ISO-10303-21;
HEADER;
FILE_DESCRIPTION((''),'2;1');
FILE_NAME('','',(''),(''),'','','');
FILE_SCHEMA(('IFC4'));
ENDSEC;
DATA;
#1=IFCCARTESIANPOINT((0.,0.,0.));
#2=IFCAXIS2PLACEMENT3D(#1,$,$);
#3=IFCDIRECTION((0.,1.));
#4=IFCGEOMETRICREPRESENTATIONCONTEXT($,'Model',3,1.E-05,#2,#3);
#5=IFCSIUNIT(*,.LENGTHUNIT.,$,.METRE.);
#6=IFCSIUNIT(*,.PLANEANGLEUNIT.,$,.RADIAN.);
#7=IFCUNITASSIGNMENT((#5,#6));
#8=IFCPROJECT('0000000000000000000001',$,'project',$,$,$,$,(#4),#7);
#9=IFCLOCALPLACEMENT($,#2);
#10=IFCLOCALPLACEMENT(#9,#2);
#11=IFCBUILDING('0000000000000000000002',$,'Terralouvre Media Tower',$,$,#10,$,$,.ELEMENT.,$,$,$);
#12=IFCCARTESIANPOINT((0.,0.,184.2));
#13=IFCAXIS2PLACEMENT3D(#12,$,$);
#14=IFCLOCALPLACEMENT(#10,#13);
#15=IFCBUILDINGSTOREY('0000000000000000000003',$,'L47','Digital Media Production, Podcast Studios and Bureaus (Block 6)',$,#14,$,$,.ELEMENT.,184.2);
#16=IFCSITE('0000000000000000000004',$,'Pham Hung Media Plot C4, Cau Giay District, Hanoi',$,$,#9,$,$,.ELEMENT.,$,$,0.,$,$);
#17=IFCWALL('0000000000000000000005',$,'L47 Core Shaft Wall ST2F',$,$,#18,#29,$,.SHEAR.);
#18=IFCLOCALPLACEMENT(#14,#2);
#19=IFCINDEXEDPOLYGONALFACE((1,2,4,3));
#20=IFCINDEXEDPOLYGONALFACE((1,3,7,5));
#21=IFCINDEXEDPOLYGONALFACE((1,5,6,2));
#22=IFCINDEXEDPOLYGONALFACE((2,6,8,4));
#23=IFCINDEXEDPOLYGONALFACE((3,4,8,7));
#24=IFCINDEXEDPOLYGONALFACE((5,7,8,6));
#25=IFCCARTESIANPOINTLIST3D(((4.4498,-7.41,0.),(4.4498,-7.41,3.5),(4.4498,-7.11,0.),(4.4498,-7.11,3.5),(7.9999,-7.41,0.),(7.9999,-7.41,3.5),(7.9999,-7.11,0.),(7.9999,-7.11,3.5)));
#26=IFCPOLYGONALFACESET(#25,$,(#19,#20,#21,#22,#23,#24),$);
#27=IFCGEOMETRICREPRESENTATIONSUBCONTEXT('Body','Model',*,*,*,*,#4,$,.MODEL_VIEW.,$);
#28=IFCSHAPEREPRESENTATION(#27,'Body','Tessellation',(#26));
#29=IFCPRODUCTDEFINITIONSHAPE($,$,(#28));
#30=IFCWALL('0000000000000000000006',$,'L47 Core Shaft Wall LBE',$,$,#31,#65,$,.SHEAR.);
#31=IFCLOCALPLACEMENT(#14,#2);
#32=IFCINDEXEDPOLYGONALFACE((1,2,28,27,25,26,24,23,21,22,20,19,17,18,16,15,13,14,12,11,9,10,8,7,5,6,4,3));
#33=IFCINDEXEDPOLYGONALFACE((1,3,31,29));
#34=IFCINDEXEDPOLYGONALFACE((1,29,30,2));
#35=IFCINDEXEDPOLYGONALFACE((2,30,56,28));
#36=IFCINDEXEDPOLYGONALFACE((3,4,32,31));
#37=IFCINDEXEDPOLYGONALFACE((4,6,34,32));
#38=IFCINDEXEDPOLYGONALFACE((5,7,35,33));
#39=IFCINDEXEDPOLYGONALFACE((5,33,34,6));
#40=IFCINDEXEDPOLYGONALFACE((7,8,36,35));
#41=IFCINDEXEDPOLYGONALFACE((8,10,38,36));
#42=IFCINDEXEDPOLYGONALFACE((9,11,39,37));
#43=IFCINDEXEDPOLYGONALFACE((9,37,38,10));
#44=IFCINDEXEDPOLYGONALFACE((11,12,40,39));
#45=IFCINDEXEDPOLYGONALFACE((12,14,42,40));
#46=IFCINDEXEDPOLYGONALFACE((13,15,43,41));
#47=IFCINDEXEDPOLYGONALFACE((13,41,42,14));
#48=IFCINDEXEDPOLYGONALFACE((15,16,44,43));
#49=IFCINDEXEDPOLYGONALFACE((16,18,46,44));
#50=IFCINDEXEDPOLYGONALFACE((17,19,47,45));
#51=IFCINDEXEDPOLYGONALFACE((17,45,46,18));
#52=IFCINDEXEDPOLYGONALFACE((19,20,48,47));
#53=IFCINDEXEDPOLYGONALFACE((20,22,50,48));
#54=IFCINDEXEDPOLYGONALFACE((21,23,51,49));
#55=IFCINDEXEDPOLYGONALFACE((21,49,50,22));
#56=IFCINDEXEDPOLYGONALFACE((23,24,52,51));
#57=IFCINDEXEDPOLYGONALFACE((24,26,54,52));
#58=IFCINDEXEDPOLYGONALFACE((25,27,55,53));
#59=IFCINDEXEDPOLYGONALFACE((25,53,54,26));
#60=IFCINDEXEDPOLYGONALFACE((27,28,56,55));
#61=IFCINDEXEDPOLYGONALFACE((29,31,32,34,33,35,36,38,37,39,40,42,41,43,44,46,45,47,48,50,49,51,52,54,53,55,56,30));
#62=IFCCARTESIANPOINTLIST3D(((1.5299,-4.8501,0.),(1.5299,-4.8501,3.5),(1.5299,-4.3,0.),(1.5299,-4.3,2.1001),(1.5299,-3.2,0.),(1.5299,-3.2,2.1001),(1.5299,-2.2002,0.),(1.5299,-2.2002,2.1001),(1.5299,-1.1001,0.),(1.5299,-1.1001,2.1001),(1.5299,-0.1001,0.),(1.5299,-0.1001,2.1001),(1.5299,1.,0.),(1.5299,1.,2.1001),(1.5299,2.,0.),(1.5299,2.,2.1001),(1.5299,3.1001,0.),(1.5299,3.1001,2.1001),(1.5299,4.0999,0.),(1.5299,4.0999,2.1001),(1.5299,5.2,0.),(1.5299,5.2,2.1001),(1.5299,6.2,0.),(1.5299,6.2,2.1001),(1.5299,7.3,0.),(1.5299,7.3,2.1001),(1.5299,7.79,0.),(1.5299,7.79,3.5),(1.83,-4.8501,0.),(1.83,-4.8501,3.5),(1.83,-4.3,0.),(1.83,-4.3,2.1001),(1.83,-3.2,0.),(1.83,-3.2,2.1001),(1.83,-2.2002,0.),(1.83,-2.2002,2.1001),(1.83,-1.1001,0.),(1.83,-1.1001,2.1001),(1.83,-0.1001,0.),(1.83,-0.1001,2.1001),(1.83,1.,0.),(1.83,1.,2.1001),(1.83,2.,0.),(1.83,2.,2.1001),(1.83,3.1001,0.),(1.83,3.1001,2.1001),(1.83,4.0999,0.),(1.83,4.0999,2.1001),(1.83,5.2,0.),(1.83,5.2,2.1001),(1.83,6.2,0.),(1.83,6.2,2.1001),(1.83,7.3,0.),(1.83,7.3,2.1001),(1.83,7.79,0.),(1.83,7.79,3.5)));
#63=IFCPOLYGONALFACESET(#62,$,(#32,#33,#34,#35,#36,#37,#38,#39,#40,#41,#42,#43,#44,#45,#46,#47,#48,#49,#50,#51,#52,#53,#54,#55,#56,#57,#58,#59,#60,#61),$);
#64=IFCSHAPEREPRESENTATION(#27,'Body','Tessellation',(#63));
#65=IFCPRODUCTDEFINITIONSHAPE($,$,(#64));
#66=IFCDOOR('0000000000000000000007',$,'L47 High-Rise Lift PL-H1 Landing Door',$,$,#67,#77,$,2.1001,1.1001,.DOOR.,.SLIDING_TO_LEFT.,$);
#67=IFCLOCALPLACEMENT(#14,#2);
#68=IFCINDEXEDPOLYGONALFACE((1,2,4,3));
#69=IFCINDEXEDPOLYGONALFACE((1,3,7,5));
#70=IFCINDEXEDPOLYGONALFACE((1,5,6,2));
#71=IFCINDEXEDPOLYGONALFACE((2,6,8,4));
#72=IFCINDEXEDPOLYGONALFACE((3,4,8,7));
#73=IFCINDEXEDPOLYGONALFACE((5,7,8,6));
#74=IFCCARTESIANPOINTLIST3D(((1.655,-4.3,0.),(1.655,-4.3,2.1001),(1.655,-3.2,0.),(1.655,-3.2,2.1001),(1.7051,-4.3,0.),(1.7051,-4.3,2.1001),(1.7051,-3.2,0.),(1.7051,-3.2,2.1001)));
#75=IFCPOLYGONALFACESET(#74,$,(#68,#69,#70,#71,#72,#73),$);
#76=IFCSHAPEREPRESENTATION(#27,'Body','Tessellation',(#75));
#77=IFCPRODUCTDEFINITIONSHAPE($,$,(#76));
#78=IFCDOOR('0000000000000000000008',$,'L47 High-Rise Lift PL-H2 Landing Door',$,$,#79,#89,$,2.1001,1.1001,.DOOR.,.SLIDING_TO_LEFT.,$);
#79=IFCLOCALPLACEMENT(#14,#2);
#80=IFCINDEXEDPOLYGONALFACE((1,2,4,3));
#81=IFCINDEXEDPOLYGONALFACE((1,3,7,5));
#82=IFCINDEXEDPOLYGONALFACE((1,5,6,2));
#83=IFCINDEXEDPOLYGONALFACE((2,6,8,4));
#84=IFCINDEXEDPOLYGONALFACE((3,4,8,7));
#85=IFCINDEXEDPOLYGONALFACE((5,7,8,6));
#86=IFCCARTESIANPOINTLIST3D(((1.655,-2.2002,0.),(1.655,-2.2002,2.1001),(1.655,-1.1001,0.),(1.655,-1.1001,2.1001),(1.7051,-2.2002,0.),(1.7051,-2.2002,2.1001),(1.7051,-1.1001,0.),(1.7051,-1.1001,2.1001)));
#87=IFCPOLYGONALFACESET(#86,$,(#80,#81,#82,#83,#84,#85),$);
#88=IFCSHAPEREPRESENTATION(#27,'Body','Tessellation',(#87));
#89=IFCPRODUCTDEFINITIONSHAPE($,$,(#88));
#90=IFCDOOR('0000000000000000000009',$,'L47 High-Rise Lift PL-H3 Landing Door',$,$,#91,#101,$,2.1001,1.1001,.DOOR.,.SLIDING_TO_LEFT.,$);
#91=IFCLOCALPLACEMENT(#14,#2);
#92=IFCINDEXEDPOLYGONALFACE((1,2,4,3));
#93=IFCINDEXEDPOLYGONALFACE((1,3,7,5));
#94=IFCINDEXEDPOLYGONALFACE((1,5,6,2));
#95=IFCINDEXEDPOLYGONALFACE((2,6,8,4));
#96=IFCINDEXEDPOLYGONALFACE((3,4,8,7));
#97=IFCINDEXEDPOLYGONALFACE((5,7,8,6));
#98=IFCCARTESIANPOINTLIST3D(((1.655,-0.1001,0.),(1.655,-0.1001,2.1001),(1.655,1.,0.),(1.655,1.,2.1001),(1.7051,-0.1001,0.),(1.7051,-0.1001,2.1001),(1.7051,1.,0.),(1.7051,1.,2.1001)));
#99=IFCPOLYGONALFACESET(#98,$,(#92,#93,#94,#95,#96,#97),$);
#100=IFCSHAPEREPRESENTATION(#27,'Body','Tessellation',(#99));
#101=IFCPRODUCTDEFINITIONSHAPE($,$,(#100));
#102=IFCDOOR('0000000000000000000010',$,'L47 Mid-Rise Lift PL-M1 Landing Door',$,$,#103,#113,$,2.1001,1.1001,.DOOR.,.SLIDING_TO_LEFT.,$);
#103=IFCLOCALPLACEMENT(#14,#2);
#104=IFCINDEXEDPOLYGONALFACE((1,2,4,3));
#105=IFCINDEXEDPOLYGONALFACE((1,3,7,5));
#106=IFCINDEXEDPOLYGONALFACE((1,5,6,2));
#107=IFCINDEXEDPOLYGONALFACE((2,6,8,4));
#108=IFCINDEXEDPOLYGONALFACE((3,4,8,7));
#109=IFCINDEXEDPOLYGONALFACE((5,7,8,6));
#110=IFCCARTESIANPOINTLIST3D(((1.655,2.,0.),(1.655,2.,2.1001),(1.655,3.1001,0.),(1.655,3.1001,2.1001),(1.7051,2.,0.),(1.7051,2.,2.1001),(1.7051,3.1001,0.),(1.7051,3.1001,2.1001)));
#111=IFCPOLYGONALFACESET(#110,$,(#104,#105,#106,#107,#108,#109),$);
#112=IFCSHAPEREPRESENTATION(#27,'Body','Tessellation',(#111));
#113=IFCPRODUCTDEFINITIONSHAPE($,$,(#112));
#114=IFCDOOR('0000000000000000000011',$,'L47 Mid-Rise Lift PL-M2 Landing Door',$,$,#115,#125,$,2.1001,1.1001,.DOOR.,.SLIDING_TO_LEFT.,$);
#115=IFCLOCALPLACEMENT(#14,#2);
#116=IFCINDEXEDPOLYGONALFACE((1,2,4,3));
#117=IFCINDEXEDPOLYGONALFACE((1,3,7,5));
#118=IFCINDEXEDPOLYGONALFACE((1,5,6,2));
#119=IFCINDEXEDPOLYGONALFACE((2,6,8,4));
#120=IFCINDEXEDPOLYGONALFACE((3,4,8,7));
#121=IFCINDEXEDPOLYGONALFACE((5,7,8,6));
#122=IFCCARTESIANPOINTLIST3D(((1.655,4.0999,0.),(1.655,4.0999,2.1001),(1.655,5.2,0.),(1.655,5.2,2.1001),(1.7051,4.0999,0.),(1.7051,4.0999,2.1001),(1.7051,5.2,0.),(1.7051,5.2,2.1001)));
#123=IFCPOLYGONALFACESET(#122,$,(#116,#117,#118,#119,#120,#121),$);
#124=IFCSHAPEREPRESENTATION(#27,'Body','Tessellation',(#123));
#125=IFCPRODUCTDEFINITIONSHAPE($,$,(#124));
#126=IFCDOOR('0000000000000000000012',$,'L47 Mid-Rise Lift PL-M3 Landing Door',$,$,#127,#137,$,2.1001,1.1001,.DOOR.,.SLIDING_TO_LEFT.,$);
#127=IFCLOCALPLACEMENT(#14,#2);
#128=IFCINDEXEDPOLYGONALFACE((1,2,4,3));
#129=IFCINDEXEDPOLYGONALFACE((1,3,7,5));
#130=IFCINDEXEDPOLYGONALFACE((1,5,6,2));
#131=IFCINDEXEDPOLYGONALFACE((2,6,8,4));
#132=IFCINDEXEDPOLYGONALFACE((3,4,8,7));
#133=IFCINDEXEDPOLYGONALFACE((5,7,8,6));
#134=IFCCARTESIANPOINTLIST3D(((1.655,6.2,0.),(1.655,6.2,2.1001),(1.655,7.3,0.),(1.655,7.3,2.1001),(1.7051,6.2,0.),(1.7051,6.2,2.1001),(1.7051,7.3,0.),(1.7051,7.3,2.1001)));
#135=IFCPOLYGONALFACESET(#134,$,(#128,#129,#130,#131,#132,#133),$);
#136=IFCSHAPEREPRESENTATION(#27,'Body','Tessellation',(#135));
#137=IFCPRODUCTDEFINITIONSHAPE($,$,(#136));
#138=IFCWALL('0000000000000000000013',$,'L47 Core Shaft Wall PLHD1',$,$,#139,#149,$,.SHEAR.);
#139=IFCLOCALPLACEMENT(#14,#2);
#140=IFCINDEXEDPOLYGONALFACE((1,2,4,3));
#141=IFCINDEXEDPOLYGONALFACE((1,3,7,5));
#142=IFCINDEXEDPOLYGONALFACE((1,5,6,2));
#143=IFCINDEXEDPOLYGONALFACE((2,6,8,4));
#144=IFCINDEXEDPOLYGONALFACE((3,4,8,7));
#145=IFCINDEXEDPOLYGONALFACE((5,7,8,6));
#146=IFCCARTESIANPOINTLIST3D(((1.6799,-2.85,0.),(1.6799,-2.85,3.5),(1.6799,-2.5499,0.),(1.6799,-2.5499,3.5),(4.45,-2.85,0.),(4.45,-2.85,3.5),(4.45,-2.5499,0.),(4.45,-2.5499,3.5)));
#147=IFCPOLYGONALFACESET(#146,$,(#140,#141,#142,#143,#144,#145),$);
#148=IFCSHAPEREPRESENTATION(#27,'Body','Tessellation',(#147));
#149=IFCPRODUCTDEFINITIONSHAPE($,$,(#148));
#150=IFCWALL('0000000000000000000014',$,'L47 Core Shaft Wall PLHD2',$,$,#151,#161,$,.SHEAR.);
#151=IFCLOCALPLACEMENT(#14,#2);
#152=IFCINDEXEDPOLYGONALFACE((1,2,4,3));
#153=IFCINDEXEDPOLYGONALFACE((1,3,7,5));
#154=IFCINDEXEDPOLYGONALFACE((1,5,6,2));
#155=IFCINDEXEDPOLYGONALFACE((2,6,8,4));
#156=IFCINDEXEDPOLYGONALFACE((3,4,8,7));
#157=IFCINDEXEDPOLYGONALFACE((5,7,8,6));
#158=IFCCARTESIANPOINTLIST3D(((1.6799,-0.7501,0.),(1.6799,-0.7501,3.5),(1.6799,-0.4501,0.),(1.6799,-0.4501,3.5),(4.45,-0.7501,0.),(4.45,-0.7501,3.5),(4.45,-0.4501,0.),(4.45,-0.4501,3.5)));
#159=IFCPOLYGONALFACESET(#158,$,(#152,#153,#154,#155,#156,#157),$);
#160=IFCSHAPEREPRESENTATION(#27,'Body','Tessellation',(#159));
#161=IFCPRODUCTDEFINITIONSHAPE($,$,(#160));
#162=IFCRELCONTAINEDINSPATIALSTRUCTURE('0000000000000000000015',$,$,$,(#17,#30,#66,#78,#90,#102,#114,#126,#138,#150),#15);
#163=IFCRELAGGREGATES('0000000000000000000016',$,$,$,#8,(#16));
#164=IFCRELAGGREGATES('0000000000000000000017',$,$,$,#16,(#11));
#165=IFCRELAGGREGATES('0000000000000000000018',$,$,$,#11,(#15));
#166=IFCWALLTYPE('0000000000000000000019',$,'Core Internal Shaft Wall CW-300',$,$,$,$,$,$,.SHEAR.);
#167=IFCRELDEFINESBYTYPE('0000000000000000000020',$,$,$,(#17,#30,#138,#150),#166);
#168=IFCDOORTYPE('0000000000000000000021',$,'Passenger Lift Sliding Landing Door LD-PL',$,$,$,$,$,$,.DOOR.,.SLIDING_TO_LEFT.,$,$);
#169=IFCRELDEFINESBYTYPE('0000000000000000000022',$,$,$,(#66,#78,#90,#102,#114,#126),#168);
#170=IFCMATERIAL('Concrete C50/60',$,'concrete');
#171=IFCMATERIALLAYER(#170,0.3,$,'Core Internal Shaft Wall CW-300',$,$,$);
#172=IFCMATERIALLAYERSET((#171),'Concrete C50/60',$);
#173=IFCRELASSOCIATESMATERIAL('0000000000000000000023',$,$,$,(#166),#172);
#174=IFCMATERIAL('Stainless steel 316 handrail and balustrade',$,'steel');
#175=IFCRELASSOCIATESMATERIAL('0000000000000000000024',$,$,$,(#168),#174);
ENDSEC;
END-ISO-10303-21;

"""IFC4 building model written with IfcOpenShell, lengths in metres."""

from ifc_helpers import new_model, si_unit, direction, frame, frame_2d, origin, place, context, subcontext, project, spatial, rectangle, extrude, material, layer, layer_set, type_object, element, fill, save


model = new_model("IFC4")

# Units and contexts
model_context = context("Model", 3, precision=1e-05, world=origin(), true_north=direction((0.0, 1.0)))
body_context = subcontext(model_context, "Body", "Model", "MODEL_VIEW")
ifc_project = project(units=[si_unit("LENGTHUNIT", "METRE"), si_unit("PLANEANGLEUNIT", "RADIAN")], contexts=[model_context])

# Site, building, storey
site_placement = place(None, origin())
site = spatial("IfcSite", under=ifc_project, at=site_placement, Name="Pham Hung Media Plot C4, Cau Giay District, Hanoi", CompositionType="ELEMENT", RefElevation=0.0)
building_placement = place(site_placement, origin())
building = spatial("IfcBuilding", under=site, at=building_placement, Name="Terralouvre Media Tower", CompositionType="ELEMENT")
storey_placement = place(building_placement, frame((0.0, 0.0, 184.2)))
storey = spatial("IfcBuildingStorey", under=building, at=storey_placement, Name="L47", Description="Digital Media Production, Podcast Studios and Bureaus (Block 6)", CompositionType="ELEMENT", Elevation=184.2)

# Shared definitions
ifc_material_1 = material(Name="Concrete C50/60", Category="concrete")
ifc_layer_1 = layer(ifc_material_1, 0.3, Name="Core Internal Shaft Wall CW-300")
ifc_layer_set_1 = layer_set([ifc_layer_1], Name="Concrete C50/60")
wall_type = type_object("IfcWallType", Name="Core Internal Shaft Wall CW-300", PredefinedType="SHEAR", material=ifc_layer_set_1)

# Wall
wall_1_placement = place(storey_placement, frame((4.45, -7.26, 0.0), z_axis=(0.0, 0.0, 1.0), x_axis=(1.0, 0.0, 0.0)))
element("IfcWall", 1, at=wall_1_placement, inside=storey, type_object=wall_type, Name="L47 Core Shaft Wall ST2F", PredefinedType="SHEAR", context=body_context, shape_type="SweptSolid", body=[
    extrude(rectangle(XDim=3.55, YDim=0.3, at=frame_2d((1.7749, 0.0))), origin(), (0.0, 0.0, 1.0), 3.5),
])

# Wall, openings, doors
wall_2_placement = place(storey_placement, frame((1.6799, -4.8501, 0.0), z_axis=(0.0, 0.0, 1.0), x_axis=(0.0, 1.0, 0.0)))
wall_2 = element("IfcWall", 2, at=wall_2_placement, inside=storey, type_object=wall_type, Name="L47 Core Shaft Wall LBE", PredefinedType="SHEAR", context=body_context, shape_type="SweptSolid", body=[
    extrude(rectangle(XDim=12.6401, YDim=0.3, at=frame_2d((6.3201, 0.0))), origin(), (0.0, 0.0, 1.0), 3.5),
])
opening_1_placement = place(wall_2_placement, frame((0.55, 0.0, 0.0)))
opening_1 = element("IfcOpeningElement", 3, at=opening_1_placement, cuts=wall_2, PredefinedType="OPENING", context=body_context, shape_type="SweptSolid", body=[
    extrude(rectangle(XDim=1.1001, YDim=2.1001, at=frame_2d((0.55, 1.05))), frame((0.0, 0.1599, 0.0), z_axis=(0.0, -1.0, 0.0), x_axis=(1.0, 0.0, 0.0)), (0.0, 0.0, 1.0), 0.3201),
])
opening_2_placement = place(wall_2_placement, frame((2.6499, 0.0, 0.0)))
opening_2 = element("IfcOpeningElement", 4, at=opening_2_placement, cuts=wall_2, PredefinedType="OPENING", context=body_context, shape_type="SweptSolid", body=[
    extrude(rectangle(XDim=1.1001, YDim=2.1001, at=frame_2d((0.55, 1.05))), frame((0.0, 0.1599, 0.0), z_axis=(0.0, -1.0, 0.0), x_axis=(1.0, 0.0, 0.0)), (0.0, 0.0, 1.0), 0.3201),
])
opening_3_placement = place(wall_2_placement, frame((4.75, 0.0, 0.0)))
opening_3 = element("IfcOpeningElement", 5, at=opening_3_placement, cuts=wall_2, PredefinedType="OPENING", context=body_context, shape_type="SweptSolid", body=[
    extrude(rectangle(XDim=1.1001, YDim=2.1001, at=frame_2d((0.55, 1.05))), frame((0.0, 0.1599, 0.0), z_axis=(0.0, -1.0, 0.0), x_axis=(1.0, 0.0, 0.0)), (0.0, 0.0, 1.0), 0.3201),
])
opening_4_placement = place(wall_2_placement, frame((6.8501, 0.0, 0.0)))
opening_4 = element("IfcOpeningElement", 6, at=opening_4_placement, cuts=wall_2, PredefinedType="OPENING", context=body_context, shape_type="SweptSolid", body=[
    extrude(rectangle(XDim=1.1001, YDim=2.1001, at=frame_2d((0.55, 1.05))), frame((0.0, 0.1599, 0.0), z_axis=(0.0, -1.0, 0.0), x_axis=(1.0, 0.0, 0.0)), (0.0, 0.0, 1.0), 0.3201),
])
opening_5_placement = place(wall_2_placement, frame((8.95, 0.0, 0.0)))
opening_5 = element("IfcOpeningElement", 7, at=opening_5_placement, cuts=wall_2, PredefinedType="OPENING", context=body_context, shape_type="SweptSolid", body=[
    extrude(rectangle(XDim=1.1001, YDim=2.1001, at=frame_2d((0.55, 1.05))), frame((0.0, 0.1599, 0.0), z_axis=(0.0, -1.0, 0.0), x_axis=(1.0, 0.0, 0.0)), (0.0, 0.0, 1.0), 0.3201),
])
opening_6_placement = place(wall_2_placement, frame((11.05, 0.0, 0.0)))
opening_6 = element("IfcOpeningElement", 8, at=opening_6_placement, cuts=wall_2, PredefinedType="OPENING", context=body_context, shape_type="SweptSolid", body=[
    extrude(rectangle(XDim=1.1001, YDim=2.1001, at=frame_2d((0.55, 1.05))), frame((0.0, 0.1599, 0.0), z_axis=(0.0, -1.0, 0.0), x_axis=(1.0, 0.0, 0.0)), (0.0, 0.0, 1.0), 0.3201),
])
ifc_material_2 = material(Name="Stainless steel 316 handrail and balustrade", Category="steel")
door_type_1 = type_object("IfcDoorType", Name="Passenger Lift Sliding Landing Door LD-PL", OperationType="SLIDING_TO_LEFT", PredefinedType="DOOR", material=ifc_material_2)
door_1_placement = place(opening_1_placement, origin())
door_1 = element("IfcDoor", 9, at=door_1_placement, inside=storey, type_object=door_type_1, Name="L47 High-Rise Lift PL-H1 Landing Door", OperationType="SLIDING_TO_LEFT", OverallHeight=2.1001, OverallWidth=1.1001, PredefinedType="DOOR", context=body_context, shape_type="SweptSolid", body=[
    extrude(rectangle(XDim=1.1001, YDim=2.1001, at=frame_2d((0.55, 1.05))), frame((0.0, 0.0249, 0.0), z_axis=(0.0, -1.0, 0.0), x_axis=(1.0, 0.0, 0.0)), (0.0, 0.0, 1.0), 0.05),
])
fill(opening_1, door_1)
door_2_placement = place(opening_2_placement, origin())
door_2 = element("IfcDoor", 10, at=door_2_placement, inside=storey, type_object=door_type_1, Name="L47 High-Rise Lift PL-H2 Landing Door", OperationType="SLIDING_TO_LEFT", OverallHeight=2.1001, OverallWidth=1.1001, PredefinedType="DOOR", context=body_context, shape_type="SweptSolid", body=[
    extrude(rectangle(XDim=1.1001, YDim=2.1001, at=frame_2d((0.55, 1.05))), frame((0.0, 0.0249, 0.0), z_axis=(0.0, -1.0, 0.0), x_axis=(1.0, 0.0, 0.0)), (0.0, 0.0, 1.0), 0.05),
])
fill(opening_2, door_2)
door_3_placement = place(opening_3_placement, origin())
door_3 = element("IfcDoor", 11, at=door_3_placement, inside=storey, type_object=door_type_1, Name="L47 High-Rise Lift PL-H3 Landing Door", OperationType="SLIDING_TO_LEFT", OverallHeight=2.1001, OverallWidth=1.1001, PredefinedType="DOOR", context=body_context, shape_type="SweptSolid", body=[
    extrude(rectangle(XDim=1.1001, YDim=2.1001, at=frame_2d((0.55, 1.05))), frame((0.0, 0.0249, 0.0), z_axis=(0.0, -1.0, 0.0), x_axis=(1.0, 0.0, 0.0)), (0.0, 0.0, 1.0), 0.05),
])
fill(opening_3, door_3)
door_4_placement = place(opening_4_placement, origin())
door_4 = element("IfcDoor", 12, at=door_4_placement, inside=storey, type_object=door_type_1, Name="L47 Mid-Rise Lift PL-M1 Landing Door", OperationType="SLIDING_TO_LEFT", OverallHeight=2.1001, OverallWidth=1.1001, PredefinedType="DOOR", context=body_context, shape_type="SweptSolid", body=[
    extrude(rectangle(XDim=1.1001, YDim=2.1001, at=frame_2d((0.55, 1.05))), frame((0.0, 0.0249, 0.0), z_axis=(0.0, -1.0, 0.0), x_axis=(1.0, 0.0, 0.0)), (0.0, 0.0, 1.0), 0.05),
])
fill(opening_4, door_4)
door_5_placement = place(opening_5_placement, origin())
door_5 = element("IfcDoor", 13, at=door_5_placement, inside=storey, type_object=door_type_1, Name="L47 Mid-Rise Lift PL-M2 Landing Door", OperationType="SLIDING_TO_LEFT", OverallHeight=2.1001, OverallWidth=1.1001, PredefinedType="DOOR", context=body_context, shape_type="SweptSolid", body=[
    extrude(rectangle(XDim=1.1001, YDim=2.1001, at=frame_2d((0.55, 1.05))), frame((0.0, 0.0249, 0.0), z_axis=(0.0, -1.0, 0.0), x_axis=(1.0, 0.0, 0.0)), (0.0, 0.0, 1.0), 0.05),
])
fill(opening_5, door_5)
door_6_placement = place(opening_6_placement, origin())
door_6 = element("IfcDoor", 14, at=door_6_placement, inside=storey, type_object=door_type_1, Name="L47 Mid-Rise Lift PL-M3 Landing Door", OperationType="SLIDING_TO_LEFT", OverallHeight=2.1001, OverallWidth=1.1001, PredefinedType="DOOR", context=body_context, shape_type="SweptSolid", body=[
    extrude(rectangle(XDim=1.1001, YDim=2.1001, at=frame_2d((0.55, 1.05))), frame((0.0, 0.0249, 0.0), z_axis=(0.0, -1.0, 0.0), x_axis=(1.0, 0.0, 0.0)), (0.0, 0.0, 1.0), 0.05),
])
fill(opening_6, door_6)

# Walls
for number, where, z_axis, x_axis, name in (
    (15, (1.6799, -2.7, 0.0), (0.0, 0.0, 1.0), (1.0, 0.0, 0.0), "L47 Core Shaft Wall PLHD1"),
    (16, (1.6799, -0.6001, 0.0), (0.0, 0.0, 1.0), (1.0, 0.0, 0.0), "L47 Core Shaft Wall PLHD2"),
):
    element("IfcWall", number, at=place(storey_placement, frame(where, z_axis=z_axis, x_axis=x_axis)), inside=storey, type_object=wall_type, Name=name, PredefinedType="SHEAR", context=body_context, shape_type="SweptSolid", body=[
        extrude(rectangle(XDim=2.77, YDim=0.3, at=frame_2d((1.385, 0.0))), origin(), (0.0, 0.0, 1.0), 3.5),
    ])

save(model, "model.ifc")
